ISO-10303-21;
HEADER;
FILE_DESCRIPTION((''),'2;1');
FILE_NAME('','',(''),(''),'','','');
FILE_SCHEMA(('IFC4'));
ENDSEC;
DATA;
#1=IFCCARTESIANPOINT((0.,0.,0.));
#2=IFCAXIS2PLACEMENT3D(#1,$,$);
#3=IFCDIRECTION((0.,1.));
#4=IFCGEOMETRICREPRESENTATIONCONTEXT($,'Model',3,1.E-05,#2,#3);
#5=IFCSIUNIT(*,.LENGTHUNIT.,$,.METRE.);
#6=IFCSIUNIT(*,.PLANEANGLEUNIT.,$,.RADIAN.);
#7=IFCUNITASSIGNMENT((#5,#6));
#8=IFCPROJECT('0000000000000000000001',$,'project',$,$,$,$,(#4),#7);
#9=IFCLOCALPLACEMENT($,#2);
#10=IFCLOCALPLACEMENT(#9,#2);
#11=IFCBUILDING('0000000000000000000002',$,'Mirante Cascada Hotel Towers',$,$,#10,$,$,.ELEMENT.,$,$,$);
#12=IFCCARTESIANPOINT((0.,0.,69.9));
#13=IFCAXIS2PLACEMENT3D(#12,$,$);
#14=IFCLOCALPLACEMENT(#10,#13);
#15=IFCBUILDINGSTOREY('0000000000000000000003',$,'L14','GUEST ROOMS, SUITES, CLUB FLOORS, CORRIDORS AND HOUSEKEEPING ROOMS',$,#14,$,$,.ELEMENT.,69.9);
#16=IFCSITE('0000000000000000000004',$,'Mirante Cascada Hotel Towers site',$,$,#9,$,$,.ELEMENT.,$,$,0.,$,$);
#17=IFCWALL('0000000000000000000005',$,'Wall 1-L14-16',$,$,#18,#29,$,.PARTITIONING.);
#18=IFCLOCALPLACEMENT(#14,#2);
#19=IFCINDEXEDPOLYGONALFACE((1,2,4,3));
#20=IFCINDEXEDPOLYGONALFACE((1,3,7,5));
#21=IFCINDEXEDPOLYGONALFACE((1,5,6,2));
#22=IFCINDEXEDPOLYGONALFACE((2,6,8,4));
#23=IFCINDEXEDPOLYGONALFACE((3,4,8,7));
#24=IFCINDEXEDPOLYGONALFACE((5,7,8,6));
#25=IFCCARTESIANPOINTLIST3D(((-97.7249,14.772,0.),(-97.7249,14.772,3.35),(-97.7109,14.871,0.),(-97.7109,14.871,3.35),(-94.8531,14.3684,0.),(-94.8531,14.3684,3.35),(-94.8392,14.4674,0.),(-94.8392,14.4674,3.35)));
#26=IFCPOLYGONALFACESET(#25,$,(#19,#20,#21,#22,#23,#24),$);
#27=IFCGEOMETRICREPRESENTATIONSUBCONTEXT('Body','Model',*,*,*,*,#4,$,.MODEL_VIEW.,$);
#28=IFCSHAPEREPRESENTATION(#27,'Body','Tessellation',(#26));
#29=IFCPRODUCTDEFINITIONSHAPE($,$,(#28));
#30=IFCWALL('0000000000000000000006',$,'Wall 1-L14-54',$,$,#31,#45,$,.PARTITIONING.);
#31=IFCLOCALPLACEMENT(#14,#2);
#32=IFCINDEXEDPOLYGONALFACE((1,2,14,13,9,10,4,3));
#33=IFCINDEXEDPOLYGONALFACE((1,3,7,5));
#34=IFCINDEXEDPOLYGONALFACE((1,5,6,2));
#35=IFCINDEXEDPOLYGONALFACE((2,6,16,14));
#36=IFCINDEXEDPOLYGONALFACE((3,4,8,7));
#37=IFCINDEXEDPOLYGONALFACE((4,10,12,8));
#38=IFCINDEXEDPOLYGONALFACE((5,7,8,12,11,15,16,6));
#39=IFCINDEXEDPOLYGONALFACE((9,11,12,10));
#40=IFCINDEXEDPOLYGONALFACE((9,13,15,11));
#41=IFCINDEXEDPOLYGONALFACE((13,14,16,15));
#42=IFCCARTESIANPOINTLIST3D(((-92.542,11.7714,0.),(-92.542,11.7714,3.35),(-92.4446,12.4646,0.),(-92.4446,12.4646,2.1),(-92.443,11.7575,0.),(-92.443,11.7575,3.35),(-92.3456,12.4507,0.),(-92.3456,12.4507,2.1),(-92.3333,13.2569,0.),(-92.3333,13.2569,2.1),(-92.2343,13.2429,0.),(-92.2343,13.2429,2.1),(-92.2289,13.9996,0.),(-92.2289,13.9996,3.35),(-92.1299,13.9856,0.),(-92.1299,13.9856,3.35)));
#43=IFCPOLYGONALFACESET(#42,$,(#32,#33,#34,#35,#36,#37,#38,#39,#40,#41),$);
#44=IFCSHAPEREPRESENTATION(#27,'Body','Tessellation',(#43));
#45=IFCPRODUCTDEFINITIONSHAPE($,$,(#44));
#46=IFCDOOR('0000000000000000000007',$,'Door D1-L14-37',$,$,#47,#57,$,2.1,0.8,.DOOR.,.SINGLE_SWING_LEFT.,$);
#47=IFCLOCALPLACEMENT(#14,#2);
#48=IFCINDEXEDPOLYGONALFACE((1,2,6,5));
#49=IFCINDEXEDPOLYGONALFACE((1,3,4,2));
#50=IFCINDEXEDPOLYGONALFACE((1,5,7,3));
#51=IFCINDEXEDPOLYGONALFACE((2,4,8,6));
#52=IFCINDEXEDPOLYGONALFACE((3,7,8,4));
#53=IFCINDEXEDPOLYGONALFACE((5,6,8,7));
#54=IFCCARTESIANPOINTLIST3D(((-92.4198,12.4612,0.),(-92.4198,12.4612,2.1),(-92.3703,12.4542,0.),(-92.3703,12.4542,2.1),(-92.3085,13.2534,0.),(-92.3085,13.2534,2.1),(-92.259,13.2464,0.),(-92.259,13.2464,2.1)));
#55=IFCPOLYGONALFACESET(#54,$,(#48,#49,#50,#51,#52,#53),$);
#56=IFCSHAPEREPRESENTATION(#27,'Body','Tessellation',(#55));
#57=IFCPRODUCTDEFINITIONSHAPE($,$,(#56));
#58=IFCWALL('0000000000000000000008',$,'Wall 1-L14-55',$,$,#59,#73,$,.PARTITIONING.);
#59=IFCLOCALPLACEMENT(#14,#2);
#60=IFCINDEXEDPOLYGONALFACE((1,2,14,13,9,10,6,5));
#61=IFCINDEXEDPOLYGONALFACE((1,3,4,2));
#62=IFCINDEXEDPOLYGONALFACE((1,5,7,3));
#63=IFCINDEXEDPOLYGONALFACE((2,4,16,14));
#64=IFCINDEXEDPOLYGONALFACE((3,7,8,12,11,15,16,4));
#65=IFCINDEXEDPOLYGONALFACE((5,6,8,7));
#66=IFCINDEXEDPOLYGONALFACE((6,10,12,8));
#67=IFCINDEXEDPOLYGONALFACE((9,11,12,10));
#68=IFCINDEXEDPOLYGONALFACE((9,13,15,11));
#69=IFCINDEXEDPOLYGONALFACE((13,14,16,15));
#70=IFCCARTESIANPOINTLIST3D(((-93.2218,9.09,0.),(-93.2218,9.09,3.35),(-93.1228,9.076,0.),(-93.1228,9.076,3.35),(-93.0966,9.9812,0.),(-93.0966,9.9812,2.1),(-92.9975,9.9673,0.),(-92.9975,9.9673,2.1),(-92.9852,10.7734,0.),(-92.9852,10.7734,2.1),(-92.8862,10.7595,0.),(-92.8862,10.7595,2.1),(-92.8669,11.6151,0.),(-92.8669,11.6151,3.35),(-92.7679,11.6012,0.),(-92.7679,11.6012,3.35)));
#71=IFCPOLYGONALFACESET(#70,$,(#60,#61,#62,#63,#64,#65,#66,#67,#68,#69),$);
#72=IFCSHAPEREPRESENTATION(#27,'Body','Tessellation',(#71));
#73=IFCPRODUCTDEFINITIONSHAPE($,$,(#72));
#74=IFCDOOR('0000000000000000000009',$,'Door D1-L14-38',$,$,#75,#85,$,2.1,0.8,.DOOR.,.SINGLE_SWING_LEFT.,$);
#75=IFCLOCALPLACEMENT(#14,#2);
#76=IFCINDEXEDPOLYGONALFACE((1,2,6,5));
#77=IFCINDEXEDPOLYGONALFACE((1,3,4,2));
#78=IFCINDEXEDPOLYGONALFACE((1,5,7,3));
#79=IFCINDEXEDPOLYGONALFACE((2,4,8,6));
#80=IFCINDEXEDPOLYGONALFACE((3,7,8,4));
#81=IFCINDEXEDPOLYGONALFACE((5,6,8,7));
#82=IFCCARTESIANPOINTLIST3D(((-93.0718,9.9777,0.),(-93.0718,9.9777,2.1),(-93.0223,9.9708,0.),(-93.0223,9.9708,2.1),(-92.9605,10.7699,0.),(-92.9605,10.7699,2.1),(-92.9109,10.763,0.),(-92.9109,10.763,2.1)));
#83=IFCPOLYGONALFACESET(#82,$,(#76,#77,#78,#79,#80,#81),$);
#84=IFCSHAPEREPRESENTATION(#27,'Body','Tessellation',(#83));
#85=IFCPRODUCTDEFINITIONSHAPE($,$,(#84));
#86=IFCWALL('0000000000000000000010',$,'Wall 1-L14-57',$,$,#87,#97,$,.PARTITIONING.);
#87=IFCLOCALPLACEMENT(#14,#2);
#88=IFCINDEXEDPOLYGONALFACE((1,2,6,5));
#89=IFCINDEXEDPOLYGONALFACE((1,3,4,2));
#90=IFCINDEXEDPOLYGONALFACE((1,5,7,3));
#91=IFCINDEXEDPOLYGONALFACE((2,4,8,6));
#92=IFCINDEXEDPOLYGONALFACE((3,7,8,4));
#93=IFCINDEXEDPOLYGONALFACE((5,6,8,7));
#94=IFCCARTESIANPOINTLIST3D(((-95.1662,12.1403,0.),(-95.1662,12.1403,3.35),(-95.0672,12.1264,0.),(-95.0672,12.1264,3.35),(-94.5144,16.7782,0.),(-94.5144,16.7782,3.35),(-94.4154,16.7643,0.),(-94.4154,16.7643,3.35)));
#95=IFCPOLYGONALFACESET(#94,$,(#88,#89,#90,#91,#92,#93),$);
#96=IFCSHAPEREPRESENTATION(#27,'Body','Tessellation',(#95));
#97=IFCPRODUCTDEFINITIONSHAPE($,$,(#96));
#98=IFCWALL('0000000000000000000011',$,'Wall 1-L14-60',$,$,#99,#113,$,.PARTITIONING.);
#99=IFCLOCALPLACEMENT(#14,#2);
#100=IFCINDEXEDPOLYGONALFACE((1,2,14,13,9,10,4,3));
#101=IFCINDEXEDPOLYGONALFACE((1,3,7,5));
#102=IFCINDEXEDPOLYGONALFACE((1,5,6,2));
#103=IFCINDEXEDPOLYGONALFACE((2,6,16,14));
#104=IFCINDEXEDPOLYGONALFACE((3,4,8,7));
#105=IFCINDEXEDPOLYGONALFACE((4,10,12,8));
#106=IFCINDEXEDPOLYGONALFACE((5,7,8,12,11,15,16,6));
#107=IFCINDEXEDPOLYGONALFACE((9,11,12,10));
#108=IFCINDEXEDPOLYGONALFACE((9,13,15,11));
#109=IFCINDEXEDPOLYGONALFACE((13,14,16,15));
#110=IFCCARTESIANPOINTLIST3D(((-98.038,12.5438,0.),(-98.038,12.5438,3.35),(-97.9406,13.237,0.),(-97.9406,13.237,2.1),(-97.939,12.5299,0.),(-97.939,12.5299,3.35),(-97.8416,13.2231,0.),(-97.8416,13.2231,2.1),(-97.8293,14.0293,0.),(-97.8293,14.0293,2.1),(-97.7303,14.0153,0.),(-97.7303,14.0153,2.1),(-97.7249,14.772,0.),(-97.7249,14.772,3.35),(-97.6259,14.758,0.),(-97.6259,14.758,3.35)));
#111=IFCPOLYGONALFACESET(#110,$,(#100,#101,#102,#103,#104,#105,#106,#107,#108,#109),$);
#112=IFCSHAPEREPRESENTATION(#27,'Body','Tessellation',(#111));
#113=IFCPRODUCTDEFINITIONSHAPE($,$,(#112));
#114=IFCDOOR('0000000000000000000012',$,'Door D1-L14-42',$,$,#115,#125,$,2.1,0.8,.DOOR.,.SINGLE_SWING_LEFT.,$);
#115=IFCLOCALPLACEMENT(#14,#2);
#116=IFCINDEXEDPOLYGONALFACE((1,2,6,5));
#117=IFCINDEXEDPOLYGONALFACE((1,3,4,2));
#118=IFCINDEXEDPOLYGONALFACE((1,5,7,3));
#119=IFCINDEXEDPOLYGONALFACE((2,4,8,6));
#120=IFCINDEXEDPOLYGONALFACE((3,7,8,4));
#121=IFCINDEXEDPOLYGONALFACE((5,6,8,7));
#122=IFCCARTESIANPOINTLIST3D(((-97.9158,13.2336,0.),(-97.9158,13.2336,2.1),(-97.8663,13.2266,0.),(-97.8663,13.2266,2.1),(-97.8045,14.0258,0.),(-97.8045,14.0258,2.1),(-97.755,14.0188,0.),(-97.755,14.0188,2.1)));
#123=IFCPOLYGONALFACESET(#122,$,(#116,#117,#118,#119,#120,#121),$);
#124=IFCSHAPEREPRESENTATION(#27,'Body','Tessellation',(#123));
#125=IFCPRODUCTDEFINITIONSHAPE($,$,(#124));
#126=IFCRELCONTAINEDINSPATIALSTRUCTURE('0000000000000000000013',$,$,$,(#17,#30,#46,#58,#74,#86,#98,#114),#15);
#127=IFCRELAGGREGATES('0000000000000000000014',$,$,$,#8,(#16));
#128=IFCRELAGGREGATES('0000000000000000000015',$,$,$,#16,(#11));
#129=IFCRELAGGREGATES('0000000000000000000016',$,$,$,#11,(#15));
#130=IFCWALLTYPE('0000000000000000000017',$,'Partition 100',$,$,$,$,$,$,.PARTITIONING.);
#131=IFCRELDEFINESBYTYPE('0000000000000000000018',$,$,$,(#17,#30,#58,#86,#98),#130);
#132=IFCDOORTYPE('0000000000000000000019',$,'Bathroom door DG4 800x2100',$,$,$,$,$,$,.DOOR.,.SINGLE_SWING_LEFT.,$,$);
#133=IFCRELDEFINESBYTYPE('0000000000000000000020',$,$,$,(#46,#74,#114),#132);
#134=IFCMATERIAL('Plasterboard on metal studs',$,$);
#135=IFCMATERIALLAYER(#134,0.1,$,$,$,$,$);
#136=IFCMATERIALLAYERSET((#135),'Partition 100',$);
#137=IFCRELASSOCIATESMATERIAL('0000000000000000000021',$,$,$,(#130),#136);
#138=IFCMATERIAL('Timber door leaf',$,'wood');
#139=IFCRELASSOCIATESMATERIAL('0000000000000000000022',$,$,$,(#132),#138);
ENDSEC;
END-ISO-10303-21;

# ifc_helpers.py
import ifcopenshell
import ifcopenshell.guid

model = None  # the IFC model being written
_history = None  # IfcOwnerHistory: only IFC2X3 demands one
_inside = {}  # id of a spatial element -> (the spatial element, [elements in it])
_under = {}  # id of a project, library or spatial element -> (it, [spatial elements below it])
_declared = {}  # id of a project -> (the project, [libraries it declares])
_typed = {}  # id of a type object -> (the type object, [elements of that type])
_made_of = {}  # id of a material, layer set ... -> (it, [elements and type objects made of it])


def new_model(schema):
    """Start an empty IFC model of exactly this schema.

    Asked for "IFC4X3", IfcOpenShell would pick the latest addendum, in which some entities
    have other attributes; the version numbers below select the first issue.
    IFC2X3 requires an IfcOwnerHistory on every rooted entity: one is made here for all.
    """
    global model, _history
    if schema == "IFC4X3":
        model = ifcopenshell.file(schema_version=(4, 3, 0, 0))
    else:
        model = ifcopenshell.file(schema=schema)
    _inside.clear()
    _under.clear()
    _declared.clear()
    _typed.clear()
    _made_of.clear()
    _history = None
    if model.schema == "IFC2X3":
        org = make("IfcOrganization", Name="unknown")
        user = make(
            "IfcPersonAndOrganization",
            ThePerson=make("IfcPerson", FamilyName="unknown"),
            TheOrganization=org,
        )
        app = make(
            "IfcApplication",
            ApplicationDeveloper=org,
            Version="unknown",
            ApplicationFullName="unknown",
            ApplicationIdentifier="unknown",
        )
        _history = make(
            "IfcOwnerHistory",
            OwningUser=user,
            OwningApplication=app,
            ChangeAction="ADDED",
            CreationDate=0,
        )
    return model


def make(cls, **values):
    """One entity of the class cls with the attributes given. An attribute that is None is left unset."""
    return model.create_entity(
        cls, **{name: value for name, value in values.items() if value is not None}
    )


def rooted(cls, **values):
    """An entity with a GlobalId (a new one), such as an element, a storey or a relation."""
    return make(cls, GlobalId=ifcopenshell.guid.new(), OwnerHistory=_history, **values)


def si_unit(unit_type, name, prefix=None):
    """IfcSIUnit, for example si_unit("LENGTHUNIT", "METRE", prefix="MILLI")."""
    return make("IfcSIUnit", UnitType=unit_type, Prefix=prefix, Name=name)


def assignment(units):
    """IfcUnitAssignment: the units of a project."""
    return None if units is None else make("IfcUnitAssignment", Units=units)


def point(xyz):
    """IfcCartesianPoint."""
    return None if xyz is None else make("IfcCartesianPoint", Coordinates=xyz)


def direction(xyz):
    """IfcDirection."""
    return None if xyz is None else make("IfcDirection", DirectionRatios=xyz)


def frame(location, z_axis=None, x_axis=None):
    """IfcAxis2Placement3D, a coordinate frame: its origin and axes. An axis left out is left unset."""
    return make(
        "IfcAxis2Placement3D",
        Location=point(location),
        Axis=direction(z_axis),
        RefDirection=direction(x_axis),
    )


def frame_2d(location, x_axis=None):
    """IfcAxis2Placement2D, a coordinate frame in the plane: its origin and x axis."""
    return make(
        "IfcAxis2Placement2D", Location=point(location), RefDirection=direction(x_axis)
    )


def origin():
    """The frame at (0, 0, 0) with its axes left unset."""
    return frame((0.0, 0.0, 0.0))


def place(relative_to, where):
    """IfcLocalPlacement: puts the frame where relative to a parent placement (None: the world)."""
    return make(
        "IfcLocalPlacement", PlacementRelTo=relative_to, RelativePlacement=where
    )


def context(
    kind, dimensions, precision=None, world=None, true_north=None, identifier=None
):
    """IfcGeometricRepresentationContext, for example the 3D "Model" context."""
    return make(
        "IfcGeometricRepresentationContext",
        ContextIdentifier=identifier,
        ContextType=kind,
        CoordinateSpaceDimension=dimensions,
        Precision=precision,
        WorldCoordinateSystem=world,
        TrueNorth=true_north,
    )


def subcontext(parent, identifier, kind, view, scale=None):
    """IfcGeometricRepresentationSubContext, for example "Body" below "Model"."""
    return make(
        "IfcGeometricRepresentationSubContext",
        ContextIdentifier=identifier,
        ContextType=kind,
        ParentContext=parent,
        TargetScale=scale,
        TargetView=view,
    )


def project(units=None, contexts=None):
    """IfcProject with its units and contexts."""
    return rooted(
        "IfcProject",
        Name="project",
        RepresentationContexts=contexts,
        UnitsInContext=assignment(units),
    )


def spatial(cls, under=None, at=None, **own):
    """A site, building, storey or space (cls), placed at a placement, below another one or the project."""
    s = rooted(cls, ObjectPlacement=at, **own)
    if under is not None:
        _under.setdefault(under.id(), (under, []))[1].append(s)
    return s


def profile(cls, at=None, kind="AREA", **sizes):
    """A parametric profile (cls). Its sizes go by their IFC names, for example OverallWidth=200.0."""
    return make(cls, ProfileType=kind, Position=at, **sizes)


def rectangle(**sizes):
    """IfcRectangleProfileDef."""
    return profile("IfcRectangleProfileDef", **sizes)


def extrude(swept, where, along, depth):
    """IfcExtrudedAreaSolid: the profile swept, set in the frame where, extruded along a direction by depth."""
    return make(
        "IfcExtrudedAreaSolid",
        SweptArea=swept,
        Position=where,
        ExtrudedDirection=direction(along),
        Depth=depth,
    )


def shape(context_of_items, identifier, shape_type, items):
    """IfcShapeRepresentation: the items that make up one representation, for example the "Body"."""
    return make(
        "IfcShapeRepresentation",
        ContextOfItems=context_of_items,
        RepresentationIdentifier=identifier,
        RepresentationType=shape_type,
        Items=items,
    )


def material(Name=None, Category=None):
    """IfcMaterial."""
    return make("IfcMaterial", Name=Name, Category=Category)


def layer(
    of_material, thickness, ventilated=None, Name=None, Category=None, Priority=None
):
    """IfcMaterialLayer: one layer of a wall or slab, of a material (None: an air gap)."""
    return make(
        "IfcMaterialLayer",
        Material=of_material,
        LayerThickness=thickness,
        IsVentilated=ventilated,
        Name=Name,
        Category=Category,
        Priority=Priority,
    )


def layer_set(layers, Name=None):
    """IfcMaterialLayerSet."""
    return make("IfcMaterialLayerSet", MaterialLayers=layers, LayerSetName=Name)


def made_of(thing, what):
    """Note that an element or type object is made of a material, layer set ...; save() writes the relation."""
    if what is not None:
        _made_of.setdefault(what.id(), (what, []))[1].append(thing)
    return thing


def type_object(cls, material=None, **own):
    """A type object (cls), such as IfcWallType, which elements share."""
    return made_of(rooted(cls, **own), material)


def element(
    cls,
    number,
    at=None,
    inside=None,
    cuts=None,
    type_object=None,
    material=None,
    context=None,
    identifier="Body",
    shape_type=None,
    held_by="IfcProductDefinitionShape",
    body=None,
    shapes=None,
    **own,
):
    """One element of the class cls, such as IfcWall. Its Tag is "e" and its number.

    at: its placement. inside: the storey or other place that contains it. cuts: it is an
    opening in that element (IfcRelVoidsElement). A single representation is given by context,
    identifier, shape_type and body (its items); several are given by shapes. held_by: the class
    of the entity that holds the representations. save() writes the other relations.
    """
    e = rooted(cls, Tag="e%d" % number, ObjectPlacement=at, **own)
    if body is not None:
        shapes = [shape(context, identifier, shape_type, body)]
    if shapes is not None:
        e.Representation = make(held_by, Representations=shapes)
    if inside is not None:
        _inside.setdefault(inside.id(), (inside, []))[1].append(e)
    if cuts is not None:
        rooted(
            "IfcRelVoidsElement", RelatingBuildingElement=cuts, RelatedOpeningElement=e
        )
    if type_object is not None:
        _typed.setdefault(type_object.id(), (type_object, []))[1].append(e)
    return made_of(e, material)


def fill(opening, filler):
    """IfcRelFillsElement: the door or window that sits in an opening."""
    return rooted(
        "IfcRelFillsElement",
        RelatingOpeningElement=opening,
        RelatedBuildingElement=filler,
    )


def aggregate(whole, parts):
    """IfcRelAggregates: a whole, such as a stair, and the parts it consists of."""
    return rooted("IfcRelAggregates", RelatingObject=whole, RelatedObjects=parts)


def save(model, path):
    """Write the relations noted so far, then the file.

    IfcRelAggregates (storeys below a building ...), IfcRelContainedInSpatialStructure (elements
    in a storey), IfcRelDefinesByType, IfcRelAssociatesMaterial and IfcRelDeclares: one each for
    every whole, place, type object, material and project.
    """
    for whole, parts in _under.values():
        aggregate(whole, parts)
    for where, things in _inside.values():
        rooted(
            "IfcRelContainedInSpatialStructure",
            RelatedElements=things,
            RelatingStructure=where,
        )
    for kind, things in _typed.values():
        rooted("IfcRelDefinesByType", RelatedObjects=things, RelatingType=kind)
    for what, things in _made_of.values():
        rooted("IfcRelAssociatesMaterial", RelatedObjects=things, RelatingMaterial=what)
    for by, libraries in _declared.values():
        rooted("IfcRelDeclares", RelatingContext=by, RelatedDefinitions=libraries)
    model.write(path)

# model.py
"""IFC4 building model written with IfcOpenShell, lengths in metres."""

from ifc_helpers import new_model, si_unit, direction, frame, frame_2d, origin, place, context, subcontext, project, spatial, rectangle, extrude, material, layer, layer_set, type_object, element, fill, save


model = new_model("IFC4")

# Units and contexts
model_context = context("Model", 3, precision=1e-05, world=origin(), true_north=direction((0.0, 1.0)))
body_context = subcontext(model_context, "Body", "Model", "MODEL_VIEW")
ifc_project = project(units=[si_unit("LENGTHUNIT", "METRE"), si_unit("PLANEANGLEUNIT", "RADIAN")], contexts=[model_context])

# Site, building, storey
site_placement = place(None, origin())
site = spatial("IfcSite", under=ifc_project, at=site_placement, Name="Mirante Cascada Hotel Towers site", CompositionType="ELEMENT", RefElevation=0.0)
building_placement = place(site_placement, origin())
building = spatial("IfcBuilding", under=site, at=building_placement, Name="Mirante Cascada Hotel Towers", CompositionType="ELEMENT")
storey_placement = place(building_placement, frame((0.0, 0.0, 69.9)))
storey = spatial("IfcBuildingStorey", under=building, at=storey_placement, Name="L14", Description="GUEST ROOMS, SUITES, CLUB FLOORS, CORRIDORS AND HOUSEKEEPING ROOMS", CompositionType="ELEMENT", Elevation=69.9)

# Wall
ifc_material_1 = material(Name="Plasterboard on metal studs")
ifc_layer_1 = layer(ifc_material_1, 0.1)
ifc_layer_set_1 = layer_set([ifc_layer_1], Name="Partition 100")
wall_type_1 = type_object("IfcWallType", Name="Partition 100", PredefinedType="PARTITIONING", material=ifc_layer_set_1)
wall_1_placement = place(storey_placement, frame((-97.7179, 14.8215, 0.0), z_axis=(0.0, 0.0, 1.0), x_axis=(0.990268, -0.139171, 0.0)))
element("IfcWall", 1, at=wall_1_placement, inside=storey, type_object=wall_type_1, Name="Wall 1-L14-16", PredefinedType="PARTITIONING", context=body_context, shape_type="SweptSolid", body=[
    extrude(rectangle(XDim=2.9, YDim=0.1, at=frame_2d((1.45, 0.0))), origin(), (0.0, 0.0, 1.0), 3.35),
])

# Walls, openings, doors
wall_2_placement = place(storey_placement, frame((-92.1794, 13.9926, 0.0), z_axis=(0.0, 0.0, 1.0), x_axis=(-0.139156, -0.990271, 0.0)))
wall_2 = element("IfcWall", 2, at=wall_2_placement, inside=storey, type_object=wall_type_1, Name="Wall 1-L14-54", PredefinedType="PARTITIONING", context=body_context, shape_type="SweptSolid", body=[
    extrude(rectangle(XDim=2.25, YDim=0.1, at=frame_2d((1.125, 0.0))), origin(), (0.0, 0.0, 1.0), 3.35),
])
opening_1_placement = place(wall_2_placement, frame((0.75, 0.0, 0.0)))
opening_1 = element("IfcOpeningElement", 3, at=opening_1_placement, cuts=wall_2, PredefinedType="OPENING", context=body_context, shape_type="SweptSolid", body=[
    extrude(rectangle(XDim=0.8, YDim=2.1, at=frame_2d((0.4, 1.05))), frame((0.0, 0.05, 0.0), z_axis=(0.0, -1.0, 0.0), x_axis=(1.0, 0.0, 0.0)), (0.0, 0.0, 1.0), 0.1),
])
ifc_material_2 = material(Name="Timber door leaf", Category="wood")
door_type_1 = type_object("IfcDoorType", Name="Bathroom door DG4 800x2100", OperationType="SINGLE_SWING_LEFT", PredefinedType="DOOR", material=ifc_material_2)
door_1_placement = place(opening_1_placement, origin())
door_1 = element("IfcDoor", 4, at=door_1_placement, inside=storey, type_object=door_type_1, Name="Door D1-L14-37", OperationType="SINGLE_SWING_LEFT", OverallHeight=2.1, OverallWidth=0.8, PredefinedType="DOOR", context=body_context, shape_type="SweptSolid", body=[
    extrude(rectangle(XDim=0.8, YDim=2.1, at=frame_2d((0.4, 1.05))), frame((0.0, 0.025, 0.0), z_axis=(0.0, -1.0, 0.0), x_axis=(1.0, 0.0, 0.0)), (0.0, 0.0, 1.0), 0.05),
])
fill(opening_1, door_1)
wall_3_placement = place(storey_placement, frame((-93.1723, 9.083, 0.0), z_axis=(0.0, 0.0, 1.0), x_axis=(0.139176, 0.990268, 0.0)))
wall_3 = element("IfcWall", 5, at=wall_3_placement, inside=storey, type_object=wall_type_1, Name="Wall 1-L14-55", PredefinedType="PARTITIONING", context=body_context, shape_type="SweptSolid", body=[
    extrude(rectangle(XDim=2.55, YDim=0.1, at=frame_2d((1.275, 0.0))), origin(), (0.0, 0.0, 1.0), 3.35),
])
opening_2_placement = place(wall_3_placement, frame((0.9, 0.0, 0.0)))
opening_2 = element("IfcOpeningElement", 6, at=opening_2_placement, cuts=wall_3, PredefinedType="OPENING", context=body_context, shape_type="SweptSolid", body=[
    extrude(rectangle(XDim=0.8, YDim=2.1, at=frame_2d((0.4, 1.05))), frame((0.0, 0.05, 0.0), z_axis=(0.0, -1.0, 0.0), x_axis=(1.0, 0.0, 0.0)), (0.0, 0.0, 1.0), 0.1),
])
door_2_placement = place(opening_2_placement, origin())
door_2 = element("IfcDoor", 7, at=door_2_placement, inside=storey, type_object=door_type_1, Name="Door D1-L14-38", OperationType="SINGLE_SWING_LEFT", OverallHeight=2.1, OverallWidth=0.8, PredefinedType="DOOR", context=body_context, shape_type="SweptSolid", body=[
    extrude(rectangle(XDim=0.8, YDim=2.1, at=frame_2d((0.4, 1.05))), frame((0.0, 0.025, 0.0), z_axis=(0.0, -1.0, 0.0), x_axis=(1.0, 0.0, 0.0)), (0.0, 0.0, 1.0), 0.05),
])
fill(opening_2, door_2)

# Wall
wall_4_placement = place(storey_placement, frame((-95.1167, 12.1333, 0.0), z_axis=(0.0, 0.0, 1.0), x_axis=(0.13917, 0.990268, 0.0)))
element("IfcWall", 8, at=wall_4_placement, inside=storey, type_object=wall_type_1, Name="Wall 1-L14-57", PredefinedType="PARTITIONING", context=body_context, shape_type="SweptSolid", body=[
    extrude(rectangle(XDim=4.6835, YDim=0.1, at=frame_2d((2.3418, 0.0))), origin(), (0.0, 0.0, 1.0), 3.35),
])

# Wall, opening, door
wall_5_placement = place(storey_placement, frame((-97.6754, 14.765, 0.0), z_axis=(0.0, 0.0, 1.0), x_axis=(-0.139156, -0.990271, 0.0)))
wall_5 = element("IfcWall", 9, at=wall_5_placement, inside=storey, type_object=wall_type_1, Name="Wall 1-L14-60", PredefinedType="PARTITIONING", context=body_context, shape_type="SweptSolid", body=[
    extrude(rectangle(XDim=2.25, YDim=0.1, at=frame_2d((1.125, 0.0))), origin(), (0.0, 0.0, 1.0), 3.35),
])
opening_3_placement = place(wall_5_placement, frame((0.75, 0.0, 0.0)))
opening_3 = element("IfcOpeningElement", 10, at=opening_3_placement, cuts=wall_5, PredefinedType="OPENING", context=body_context, shape_type="SweptSolid", body=[
    extrude(rectangle(XDim=0.8, YDim=2.1, at=frame_2d((0.4, 1.05))), frame((0.0, 0.05, 0.0), z_axis=(0.0, -1.0, 0.0), x_axis=(1.0, 0.0, 0.0)), (0.0, 0.0, 1.0), 0.1),
])
door_3_placement = place(opening_3_placement, origin())
door_3 = element("IfcDoor", 11, at=door_3_placement, inside=storey, type_object=door_type_1, Name="Door D1-L14-42", OperationType="SINGLE_SWING_LEFT", OverallHeight=2.1, OverallWidth=0.8, PredefinedType="DOOR", context=body_context, shape_type="SweptSolid", body=[
    extrude(rectangle(XDim=0.8, YDim=2.1, at=frame_2d((0.4, 1.05))), frame((0.0, 0.025, 0.0), z_axis=(0.0, -1.0, 0.0), x_axis=(1.0, 0.0, 0.0)), (0.0, 0.0, 1.0), 0.05),
])
fill(opening_3, door_3)

save(model, "model.ifc")
